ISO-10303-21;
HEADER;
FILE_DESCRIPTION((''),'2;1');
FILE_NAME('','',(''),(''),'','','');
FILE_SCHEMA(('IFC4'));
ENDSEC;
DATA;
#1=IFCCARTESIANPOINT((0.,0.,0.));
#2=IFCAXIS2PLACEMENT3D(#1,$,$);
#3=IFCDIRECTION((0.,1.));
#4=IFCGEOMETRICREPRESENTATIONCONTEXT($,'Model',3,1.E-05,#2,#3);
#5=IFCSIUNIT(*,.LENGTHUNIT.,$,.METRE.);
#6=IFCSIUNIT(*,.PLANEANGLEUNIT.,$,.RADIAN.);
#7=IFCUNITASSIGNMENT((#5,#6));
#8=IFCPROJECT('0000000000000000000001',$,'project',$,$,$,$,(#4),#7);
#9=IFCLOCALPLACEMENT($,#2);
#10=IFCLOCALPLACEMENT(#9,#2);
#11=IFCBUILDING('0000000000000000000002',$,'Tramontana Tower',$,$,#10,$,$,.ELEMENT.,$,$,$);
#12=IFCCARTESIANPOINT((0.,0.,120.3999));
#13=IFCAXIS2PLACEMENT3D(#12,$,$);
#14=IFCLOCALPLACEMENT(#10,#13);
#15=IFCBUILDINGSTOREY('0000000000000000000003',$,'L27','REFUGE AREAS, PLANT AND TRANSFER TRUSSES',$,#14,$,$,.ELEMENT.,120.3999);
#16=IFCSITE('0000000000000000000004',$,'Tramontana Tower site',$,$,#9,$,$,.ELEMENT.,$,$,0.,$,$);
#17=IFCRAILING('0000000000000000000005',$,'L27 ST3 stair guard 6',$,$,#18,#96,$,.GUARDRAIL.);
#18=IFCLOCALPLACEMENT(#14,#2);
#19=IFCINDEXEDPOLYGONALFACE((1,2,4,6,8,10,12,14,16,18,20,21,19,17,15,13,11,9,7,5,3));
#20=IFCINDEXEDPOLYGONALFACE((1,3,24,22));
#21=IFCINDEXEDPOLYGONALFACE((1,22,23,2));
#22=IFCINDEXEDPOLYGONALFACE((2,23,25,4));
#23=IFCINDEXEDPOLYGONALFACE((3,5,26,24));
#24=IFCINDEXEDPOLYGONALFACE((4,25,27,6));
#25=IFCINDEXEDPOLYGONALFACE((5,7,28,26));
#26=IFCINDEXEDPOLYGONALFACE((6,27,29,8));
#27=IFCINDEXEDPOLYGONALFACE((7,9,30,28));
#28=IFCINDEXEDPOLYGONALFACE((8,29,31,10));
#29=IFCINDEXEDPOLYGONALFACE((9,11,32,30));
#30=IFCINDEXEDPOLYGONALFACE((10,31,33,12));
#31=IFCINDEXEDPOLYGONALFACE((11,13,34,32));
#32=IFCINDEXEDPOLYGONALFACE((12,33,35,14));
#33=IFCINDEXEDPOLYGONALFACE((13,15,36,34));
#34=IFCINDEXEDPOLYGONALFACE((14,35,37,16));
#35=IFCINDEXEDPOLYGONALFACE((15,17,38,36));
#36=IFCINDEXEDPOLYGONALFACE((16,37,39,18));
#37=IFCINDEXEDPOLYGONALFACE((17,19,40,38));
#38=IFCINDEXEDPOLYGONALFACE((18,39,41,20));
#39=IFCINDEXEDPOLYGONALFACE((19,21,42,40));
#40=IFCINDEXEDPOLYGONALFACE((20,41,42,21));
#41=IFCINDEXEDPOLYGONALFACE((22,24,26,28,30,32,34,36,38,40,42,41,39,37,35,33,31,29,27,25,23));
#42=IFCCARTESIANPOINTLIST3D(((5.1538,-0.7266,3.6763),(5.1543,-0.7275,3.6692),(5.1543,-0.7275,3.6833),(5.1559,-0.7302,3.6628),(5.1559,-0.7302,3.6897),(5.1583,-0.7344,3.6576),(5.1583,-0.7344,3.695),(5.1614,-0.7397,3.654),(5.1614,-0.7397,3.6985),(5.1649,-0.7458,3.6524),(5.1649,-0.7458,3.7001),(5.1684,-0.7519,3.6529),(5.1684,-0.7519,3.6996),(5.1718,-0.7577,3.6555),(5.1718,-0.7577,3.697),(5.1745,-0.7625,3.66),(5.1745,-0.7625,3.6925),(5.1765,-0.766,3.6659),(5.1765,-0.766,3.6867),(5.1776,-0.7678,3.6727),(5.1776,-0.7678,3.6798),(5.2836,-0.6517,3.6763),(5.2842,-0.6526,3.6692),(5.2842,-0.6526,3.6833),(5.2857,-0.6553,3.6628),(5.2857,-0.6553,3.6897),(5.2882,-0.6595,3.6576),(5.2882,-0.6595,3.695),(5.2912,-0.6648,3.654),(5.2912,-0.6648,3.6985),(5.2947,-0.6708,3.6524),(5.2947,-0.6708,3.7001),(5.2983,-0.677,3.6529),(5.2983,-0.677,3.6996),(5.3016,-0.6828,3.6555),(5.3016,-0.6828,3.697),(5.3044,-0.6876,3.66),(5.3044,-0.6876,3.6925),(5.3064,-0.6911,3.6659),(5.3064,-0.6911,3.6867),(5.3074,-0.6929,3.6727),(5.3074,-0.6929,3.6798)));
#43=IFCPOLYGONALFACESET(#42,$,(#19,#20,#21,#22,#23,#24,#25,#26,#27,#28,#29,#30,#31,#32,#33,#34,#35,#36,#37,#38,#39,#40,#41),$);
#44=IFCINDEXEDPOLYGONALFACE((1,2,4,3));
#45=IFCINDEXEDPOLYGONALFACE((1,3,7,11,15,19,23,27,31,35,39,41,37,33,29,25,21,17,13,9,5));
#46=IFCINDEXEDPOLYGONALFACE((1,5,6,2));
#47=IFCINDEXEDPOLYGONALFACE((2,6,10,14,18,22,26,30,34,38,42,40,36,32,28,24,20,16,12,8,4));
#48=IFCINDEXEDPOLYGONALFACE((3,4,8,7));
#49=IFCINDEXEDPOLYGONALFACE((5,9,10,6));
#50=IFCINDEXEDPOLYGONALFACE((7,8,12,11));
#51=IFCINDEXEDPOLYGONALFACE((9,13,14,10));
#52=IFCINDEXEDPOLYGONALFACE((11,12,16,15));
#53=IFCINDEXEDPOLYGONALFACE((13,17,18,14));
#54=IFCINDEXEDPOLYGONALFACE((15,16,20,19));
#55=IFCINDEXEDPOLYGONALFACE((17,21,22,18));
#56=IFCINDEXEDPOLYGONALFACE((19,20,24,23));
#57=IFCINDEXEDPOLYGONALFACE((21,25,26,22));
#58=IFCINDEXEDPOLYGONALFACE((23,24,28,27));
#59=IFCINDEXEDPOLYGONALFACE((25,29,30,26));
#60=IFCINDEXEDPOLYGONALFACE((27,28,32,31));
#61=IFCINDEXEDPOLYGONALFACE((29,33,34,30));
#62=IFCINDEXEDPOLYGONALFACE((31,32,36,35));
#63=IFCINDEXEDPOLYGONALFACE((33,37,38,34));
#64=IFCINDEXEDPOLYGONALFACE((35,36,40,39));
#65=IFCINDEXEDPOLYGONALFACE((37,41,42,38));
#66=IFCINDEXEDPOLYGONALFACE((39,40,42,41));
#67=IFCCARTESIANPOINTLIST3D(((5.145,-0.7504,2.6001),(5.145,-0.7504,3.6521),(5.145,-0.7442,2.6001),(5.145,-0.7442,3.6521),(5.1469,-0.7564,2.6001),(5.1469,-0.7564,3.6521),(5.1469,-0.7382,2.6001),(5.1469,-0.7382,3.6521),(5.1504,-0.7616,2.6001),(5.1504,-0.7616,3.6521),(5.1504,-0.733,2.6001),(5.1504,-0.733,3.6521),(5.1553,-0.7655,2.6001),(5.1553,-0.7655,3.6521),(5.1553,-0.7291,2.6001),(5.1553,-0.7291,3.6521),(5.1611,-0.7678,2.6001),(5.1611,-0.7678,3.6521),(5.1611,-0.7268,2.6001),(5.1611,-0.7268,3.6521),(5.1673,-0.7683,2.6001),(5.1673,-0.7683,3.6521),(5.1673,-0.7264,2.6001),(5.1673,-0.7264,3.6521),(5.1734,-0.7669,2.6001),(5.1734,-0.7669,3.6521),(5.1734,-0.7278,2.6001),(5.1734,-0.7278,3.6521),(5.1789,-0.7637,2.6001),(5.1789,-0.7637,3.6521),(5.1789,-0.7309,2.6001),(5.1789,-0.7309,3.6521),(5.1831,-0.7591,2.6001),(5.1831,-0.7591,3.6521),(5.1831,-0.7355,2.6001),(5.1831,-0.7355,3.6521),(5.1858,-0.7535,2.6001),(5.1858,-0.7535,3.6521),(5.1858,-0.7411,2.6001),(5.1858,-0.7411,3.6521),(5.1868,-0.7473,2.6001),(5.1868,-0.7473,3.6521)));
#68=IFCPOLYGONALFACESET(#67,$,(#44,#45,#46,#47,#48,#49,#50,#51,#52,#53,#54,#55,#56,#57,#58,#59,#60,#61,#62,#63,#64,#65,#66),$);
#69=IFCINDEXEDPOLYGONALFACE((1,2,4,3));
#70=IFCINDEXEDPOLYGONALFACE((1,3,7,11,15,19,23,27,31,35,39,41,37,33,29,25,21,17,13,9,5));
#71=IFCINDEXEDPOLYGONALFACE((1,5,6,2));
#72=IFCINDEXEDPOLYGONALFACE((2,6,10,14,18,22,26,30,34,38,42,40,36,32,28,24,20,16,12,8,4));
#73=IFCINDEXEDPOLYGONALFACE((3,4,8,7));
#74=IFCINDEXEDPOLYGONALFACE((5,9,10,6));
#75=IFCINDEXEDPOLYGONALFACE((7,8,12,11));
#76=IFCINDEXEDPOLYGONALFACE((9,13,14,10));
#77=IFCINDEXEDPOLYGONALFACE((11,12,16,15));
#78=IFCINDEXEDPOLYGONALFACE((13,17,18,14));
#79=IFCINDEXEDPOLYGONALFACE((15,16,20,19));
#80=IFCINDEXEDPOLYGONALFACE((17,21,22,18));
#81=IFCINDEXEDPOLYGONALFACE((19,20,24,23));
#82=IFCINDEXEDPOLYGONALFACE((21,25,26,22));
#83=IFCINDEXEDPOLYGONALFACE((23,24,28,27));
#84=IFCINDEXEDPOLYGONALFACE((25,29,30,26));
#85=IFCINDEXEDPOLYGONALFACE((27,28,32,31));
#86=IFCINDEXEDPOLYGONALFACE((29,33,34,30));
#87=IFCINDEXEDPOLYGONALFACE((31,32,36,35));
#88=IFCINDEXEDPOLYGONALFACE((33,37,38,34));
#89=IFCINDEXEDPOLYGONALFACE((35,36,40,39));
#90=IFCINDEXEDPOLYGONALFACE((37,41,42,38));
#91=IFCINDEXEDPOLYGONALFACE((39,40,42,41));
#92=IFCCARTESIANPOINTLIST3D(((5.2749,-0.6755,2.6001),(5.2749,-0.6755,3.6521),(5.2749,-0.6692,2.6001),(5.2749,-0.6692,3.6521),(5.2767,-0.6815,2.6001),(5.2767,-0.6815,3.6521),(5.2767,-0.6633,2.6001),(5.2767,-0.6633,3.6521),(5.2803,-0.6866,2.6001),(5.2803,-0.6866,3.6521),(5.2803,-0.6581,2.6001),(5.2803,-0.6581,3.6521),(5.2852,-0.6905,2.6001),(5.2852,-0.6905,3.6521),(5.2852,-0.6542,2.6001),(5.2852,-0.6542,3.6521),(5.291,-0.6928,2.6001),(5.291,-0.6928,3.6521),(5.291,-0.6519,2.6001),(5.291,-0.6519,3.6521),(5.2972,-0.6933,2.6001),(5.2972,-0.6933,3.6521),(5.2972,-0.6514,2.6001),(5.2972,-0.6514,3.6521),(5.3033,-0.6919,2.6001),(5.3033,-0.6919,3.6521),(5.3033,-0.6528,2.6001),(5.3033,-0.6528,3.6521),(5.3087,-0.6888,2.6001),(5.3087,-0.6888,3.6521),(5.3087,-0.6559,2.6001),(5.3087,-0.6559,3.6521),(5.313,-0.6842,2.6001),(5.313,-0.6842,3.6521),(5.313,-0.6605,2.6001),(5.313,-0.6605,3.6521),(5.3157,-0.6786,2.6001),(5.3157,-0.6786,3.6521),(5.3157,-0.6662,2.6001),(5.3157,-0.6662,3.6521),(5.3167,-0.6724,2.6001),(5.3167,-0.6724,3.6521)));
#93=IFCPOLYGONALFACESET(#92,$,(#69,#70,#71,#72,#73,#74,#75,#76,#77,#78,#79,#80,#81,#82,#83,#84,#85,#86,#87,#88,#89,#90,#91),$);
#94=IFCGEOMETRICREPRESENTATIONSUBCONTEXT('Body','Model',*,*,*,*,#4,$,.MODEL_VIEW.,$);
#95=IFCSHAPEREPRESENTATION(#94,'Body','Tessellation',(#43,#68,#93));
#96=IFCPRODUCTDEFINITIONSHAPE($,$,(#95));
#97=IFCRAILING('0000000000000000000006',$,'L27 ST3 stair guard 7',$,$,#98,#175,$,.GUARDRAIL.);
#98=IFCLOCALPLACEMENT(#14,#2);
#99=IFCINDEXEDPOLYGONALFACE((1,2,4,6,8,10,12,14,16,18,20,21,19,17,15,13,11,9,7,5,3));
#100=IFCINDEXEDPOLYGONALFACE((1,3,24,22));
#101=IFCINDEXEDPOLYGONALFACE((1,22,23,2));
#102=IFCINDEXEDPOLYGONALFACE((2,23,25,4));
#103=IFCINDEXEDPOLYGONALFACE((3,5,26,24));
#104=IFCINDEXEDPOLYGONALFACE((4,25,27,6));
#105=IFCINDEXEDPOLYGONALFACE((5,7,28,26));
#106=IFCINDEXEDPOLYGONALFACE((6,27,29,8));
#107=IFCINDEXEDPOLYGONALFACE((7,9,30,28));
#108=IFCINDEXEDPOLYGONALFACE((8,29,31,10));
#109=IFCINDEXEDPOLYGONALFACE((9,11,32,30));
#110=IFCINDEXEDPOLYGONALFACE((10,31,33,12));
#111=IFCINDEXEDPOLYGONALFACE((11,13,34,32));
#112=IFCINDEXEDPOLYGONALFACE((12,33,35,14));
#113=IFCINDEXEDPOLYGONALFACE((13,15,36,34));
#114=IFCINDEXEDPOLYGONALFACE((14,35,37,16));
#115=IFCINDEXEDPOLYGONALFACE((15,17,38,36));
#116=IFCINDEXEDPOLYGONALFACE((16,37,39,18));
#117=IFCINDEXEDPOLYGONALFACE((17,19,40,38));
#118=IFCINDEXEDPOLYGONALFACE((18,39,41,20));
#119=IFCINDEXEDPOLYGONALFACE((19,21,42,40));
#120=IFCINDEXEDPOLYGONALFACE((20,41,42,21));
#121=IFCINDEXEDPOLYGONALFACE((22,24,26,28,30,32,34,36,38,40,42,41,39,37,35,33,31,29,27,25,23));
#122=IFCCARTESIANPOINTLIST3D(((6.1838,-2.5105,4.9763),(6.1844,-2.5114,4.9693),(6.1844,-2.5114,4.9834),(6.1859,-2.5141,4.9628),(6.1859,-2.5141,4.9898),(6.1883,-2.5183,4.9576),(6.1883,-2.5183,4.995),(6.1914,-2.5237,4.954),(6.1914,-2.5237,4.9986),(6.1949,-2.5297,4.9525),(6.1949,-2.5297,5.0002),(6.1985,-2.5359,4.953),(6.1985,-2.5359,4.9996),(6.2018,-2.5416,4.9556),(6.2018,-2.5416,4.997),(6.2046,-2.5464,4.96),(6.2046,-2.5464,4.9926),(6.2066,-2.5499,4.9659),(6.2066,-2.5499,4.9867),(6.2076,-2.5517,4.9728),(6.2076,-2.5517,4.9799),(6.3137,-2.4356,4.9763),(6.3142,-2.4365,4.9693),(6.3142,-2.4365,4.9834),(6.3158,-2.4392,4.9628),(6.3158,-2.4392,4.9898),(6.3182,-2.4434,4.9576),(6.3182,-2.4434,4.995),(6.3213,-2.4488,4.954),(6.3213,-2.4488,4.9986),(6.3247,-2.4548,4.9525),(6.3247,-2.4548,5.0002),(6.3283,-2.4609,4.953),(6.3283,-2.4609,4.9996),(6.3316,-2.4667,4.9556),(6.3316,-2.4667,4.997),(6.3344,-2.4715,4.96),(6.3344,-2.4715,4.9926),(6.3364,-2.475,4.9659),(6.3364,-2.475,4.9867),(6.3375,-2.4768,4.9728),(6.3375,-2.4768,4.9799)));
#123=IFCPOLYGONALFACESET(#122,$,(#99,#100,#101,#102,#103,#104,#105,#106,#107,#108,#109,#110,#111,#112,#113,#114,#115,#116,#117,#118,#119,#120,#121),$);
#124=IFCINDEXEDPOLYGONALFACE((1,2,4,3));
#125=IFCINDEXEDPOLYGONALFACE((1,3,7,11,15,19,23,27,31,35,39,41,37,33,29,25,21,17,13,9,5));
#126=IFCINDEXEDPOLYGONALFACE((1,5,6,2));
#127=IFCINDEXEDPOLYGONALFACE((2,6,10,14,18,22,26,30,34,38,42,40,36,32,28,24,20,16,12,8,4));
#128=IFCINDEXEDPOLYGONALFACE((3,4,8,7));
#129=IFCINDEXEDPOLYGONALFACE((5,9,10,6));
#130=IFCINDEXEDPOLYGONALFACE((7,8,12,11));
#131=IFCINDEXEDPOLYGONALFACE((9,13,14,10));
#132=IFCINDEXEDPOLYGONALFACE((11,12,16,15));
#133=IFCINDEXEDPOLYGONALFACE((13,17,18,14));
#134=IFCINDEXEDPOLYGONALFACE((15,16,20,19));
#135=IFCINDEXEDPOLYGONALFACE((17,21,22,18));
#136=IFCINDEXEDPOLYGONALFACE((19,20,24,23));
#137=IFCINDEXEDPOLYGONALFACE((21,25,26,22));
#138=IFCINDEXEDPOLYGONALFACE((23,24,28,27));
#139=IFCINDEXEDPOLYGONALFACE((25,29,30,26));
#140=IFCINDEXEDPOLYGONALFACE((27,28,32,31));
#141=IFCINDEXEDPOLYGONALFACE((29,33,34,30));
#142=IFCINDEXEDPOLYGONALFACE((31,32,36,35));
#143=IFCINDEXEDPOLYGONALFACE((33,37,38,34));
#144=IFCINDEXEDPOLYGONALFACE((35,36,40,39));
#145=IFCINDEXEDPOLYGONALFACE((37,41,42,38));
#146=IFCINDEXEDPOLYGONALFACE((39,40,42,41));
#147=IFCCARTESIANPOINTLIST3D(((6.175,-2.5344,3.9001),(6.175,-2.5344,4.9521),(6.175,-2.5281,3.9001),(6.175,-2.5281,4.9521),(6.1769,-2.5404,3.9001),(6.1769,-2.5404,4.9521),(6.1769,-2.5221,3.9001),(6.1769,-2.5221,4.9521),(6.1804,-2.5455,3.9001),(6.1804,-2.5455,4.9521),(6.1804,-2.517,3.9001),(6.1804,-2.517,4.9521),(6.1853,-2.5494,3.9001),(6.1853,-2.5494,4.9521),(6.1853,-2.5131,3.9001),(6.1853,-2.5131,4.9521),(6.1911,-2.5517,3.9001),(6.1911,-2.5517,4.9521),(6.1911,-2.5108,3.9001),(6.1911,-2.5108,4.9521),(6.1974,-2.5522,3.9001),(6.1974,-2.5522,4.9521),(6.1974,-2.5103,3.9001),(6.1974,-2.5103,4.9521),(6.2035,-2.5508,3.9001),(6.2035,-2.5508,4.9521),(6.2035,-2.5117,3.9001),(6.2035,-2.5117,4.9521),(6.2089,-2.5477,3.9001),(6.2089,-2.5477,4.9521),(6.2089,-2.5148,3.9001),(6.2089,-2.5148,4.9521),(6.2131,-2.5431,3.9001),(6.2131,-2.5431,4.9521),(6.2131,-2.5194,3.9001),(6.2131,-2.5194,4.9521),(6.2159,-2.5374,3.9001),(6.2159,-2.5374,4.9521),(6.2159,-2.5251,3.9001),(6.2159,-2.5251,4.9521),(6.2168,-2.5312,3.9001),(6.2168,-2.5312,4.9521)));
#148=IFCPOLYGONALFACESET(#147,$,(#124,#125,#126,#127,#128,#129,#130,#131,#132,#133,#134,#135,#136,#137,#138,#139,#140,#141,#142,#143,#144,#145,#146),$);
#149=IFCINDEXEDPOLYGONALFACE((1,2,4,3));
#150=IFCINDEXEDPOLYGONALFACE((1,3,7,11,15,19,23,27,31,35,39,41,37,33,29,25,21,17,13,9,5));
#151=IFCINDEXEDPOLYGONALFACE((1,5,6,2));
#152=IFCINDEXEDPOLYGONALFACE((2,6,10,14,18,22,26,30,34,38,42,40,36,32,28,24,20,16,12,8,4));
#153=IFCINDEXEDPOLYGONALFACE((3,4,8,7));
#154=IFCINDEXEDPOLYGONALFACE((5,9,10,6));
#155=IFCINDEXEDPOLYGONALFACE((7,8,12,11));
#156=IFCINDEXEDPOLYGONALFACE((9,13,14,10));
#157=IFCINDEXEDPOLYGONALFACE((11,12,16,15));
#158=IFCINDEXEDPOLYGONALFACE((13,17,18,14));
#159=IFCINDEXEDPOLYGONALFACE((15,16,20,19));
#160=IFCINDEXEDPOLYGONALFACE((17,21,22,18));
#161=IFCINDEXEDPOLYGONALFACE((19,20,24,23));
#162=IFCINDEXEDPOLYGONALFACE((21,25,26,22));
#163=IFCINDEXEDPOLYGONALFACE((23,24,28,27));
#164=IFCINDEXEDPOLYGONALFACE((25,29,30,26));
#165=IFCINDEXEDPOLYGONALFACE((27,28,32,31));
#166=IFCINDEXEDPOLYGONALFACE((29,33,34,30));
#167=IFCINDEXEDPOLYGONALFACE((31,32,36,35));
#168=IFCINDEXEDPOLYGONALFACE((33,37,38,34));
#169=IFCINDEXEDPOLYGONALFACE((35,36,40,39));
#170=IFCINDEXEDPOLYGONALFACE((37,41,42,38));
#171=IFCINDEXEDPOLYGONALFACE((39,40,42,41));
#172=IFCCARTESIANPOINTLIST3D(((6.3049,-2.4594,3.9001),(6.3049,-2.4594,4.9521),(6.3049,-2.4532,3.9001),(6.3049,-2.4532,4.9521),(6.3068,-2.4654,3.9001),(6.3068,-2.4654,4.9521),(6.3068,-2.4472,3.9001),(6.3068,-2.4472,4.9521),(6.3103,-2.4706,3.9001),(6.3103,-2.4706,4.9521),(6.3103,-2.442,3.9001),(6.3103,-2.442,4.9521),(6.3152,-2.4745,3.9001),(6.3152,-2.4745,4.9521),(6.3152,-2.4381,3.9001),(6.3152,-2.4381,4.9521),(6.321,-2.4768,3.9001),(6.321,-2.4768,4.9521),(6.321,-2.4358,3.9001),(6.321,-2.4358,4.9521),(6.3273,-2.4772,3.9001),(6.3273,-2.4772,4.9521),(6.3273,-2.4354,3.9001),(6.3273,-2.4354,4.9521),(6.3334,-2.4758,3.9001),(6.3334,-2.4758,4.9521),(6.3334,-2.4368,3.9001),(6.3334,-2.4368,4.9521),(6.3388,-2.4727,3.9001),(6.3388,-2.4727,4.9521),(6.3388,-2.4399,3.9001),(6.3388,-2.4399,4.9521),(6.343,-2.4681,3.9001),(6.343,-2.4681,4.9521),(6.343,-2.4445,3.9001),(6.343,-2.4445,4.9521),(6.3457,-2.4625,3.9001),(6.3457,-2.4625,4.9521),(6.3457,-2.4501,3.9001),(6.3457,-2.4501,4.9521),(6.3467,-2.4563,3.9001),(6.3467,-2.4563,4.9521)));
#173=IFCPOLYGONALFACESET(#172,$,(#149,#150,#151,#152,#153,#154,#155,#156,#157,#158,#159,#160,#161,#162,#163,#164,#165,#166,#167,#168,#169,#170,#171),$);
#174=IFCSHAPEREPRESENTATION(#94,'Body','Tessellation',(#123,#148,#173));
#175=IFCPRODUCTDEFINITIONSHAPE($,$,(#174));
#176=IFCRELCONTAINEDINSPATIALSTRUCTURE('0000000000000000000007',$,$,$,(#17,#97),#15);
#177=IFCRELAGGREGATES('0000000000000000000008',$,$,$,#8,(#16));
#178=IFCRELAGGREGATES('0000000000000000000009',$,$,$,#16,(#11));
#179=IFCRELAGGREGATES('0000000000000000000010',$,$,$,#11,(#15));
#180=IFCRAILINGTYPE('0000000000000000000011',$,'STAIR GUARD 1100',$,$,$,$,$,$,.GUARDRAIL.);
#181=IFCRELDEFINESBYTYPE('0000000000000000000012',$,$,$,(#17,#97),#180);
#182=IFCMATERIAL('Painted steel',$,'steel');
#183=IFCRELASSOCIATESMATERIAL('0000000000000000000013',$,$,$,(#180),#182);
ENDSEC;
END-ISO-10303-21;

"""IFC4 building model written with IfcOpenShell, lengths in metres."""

from ifc_helpers import new_model, si_unit, direction, frame, origin, origin_2d, place, context, subcontext, project, spatial, circle, extrude, material, type_object, element, save


model = new_model("IFC4")

# Units and contexts
model_context = context("Model", 3, precision=1e-05, world=origin(), true_north=direction((0.0, 1.0)))
body_context = subcontext(model_context, "Body", "Model", "MODEL_VIEW")
ifc_project = project(units=[si_unit("LENGTHUNIT", "METRE"), si_unit("PLANEANGLEUNIT", "RADIAN")], contexts=[model_context])

# Site, building, storey
site_placement = place(None, origin())
site = spatial("IfcSite", under=ifc_project, at=site_placement, Name="Tramontana Tower site", CompositionType="ELEMENT", RefElevation=0.0)
building_placement = place(site_placement, origin())
building = spatial("IfcBuilding", under=site, at=building_placement, Name="Tramontana Tower", CompositionType="ELEMENT")
storey_placement = place(building_placement, frame((0.0, 0.0, 120.3999)))
storey = spatial("IfcBuildingStorey", under=building, at=storey_placement, Name="L27", Description="REFUGE AREAS, PLANT AND TRANSFER TRUSSES", CompositionType="ELEMENT", Elevation=120.3999)

# Railings
ifc_material_1 = material(Name="Painted steel", Category="steel")
railing_type_1 = type_object("IfcRailingType", Name="STAIR GUARD 1100", PredefinedType="GUARDRAIL", material=ifc_material_1)
for number, where, name in (
    (1, (5.1658, -0.7473, 2.6001), "L27 ST3 stair guard 6"),
    (2, (6.1958, -2.5312, 3.9001), "L27 ST3 stair guard 7"),
):
    element("IfcRailing", number, at=place(storey_placement, frame(where)), inside=storey, type_object=railing_type_1, Name=name, PredefinedType="GUARDRAIL", context=body_context, shape_type="SweptSolid", body=[
        extrude(circle(Radius=0.0239, at=origin_2d()), frame((0.0, 0.0, 1.0762), z_axis=(0.866131, 0.499816, 0.0), x_axis=(-0.499816, 0.866131, 0.0)), (0.0, 0.0, 1.0), 0.1499),
        extrude(circle(Radius=0.021, at=origin_2d()), origin(), (0.0, 0.0, 1.0), 1.052),
        extrude(circle(Radius=0.021, at=origin_2d()), frame((0.1299, 0.075, 0.0)), (0.0, 0.0, 1.0), 1.052),
    ])

save(model, "model.ifc")
